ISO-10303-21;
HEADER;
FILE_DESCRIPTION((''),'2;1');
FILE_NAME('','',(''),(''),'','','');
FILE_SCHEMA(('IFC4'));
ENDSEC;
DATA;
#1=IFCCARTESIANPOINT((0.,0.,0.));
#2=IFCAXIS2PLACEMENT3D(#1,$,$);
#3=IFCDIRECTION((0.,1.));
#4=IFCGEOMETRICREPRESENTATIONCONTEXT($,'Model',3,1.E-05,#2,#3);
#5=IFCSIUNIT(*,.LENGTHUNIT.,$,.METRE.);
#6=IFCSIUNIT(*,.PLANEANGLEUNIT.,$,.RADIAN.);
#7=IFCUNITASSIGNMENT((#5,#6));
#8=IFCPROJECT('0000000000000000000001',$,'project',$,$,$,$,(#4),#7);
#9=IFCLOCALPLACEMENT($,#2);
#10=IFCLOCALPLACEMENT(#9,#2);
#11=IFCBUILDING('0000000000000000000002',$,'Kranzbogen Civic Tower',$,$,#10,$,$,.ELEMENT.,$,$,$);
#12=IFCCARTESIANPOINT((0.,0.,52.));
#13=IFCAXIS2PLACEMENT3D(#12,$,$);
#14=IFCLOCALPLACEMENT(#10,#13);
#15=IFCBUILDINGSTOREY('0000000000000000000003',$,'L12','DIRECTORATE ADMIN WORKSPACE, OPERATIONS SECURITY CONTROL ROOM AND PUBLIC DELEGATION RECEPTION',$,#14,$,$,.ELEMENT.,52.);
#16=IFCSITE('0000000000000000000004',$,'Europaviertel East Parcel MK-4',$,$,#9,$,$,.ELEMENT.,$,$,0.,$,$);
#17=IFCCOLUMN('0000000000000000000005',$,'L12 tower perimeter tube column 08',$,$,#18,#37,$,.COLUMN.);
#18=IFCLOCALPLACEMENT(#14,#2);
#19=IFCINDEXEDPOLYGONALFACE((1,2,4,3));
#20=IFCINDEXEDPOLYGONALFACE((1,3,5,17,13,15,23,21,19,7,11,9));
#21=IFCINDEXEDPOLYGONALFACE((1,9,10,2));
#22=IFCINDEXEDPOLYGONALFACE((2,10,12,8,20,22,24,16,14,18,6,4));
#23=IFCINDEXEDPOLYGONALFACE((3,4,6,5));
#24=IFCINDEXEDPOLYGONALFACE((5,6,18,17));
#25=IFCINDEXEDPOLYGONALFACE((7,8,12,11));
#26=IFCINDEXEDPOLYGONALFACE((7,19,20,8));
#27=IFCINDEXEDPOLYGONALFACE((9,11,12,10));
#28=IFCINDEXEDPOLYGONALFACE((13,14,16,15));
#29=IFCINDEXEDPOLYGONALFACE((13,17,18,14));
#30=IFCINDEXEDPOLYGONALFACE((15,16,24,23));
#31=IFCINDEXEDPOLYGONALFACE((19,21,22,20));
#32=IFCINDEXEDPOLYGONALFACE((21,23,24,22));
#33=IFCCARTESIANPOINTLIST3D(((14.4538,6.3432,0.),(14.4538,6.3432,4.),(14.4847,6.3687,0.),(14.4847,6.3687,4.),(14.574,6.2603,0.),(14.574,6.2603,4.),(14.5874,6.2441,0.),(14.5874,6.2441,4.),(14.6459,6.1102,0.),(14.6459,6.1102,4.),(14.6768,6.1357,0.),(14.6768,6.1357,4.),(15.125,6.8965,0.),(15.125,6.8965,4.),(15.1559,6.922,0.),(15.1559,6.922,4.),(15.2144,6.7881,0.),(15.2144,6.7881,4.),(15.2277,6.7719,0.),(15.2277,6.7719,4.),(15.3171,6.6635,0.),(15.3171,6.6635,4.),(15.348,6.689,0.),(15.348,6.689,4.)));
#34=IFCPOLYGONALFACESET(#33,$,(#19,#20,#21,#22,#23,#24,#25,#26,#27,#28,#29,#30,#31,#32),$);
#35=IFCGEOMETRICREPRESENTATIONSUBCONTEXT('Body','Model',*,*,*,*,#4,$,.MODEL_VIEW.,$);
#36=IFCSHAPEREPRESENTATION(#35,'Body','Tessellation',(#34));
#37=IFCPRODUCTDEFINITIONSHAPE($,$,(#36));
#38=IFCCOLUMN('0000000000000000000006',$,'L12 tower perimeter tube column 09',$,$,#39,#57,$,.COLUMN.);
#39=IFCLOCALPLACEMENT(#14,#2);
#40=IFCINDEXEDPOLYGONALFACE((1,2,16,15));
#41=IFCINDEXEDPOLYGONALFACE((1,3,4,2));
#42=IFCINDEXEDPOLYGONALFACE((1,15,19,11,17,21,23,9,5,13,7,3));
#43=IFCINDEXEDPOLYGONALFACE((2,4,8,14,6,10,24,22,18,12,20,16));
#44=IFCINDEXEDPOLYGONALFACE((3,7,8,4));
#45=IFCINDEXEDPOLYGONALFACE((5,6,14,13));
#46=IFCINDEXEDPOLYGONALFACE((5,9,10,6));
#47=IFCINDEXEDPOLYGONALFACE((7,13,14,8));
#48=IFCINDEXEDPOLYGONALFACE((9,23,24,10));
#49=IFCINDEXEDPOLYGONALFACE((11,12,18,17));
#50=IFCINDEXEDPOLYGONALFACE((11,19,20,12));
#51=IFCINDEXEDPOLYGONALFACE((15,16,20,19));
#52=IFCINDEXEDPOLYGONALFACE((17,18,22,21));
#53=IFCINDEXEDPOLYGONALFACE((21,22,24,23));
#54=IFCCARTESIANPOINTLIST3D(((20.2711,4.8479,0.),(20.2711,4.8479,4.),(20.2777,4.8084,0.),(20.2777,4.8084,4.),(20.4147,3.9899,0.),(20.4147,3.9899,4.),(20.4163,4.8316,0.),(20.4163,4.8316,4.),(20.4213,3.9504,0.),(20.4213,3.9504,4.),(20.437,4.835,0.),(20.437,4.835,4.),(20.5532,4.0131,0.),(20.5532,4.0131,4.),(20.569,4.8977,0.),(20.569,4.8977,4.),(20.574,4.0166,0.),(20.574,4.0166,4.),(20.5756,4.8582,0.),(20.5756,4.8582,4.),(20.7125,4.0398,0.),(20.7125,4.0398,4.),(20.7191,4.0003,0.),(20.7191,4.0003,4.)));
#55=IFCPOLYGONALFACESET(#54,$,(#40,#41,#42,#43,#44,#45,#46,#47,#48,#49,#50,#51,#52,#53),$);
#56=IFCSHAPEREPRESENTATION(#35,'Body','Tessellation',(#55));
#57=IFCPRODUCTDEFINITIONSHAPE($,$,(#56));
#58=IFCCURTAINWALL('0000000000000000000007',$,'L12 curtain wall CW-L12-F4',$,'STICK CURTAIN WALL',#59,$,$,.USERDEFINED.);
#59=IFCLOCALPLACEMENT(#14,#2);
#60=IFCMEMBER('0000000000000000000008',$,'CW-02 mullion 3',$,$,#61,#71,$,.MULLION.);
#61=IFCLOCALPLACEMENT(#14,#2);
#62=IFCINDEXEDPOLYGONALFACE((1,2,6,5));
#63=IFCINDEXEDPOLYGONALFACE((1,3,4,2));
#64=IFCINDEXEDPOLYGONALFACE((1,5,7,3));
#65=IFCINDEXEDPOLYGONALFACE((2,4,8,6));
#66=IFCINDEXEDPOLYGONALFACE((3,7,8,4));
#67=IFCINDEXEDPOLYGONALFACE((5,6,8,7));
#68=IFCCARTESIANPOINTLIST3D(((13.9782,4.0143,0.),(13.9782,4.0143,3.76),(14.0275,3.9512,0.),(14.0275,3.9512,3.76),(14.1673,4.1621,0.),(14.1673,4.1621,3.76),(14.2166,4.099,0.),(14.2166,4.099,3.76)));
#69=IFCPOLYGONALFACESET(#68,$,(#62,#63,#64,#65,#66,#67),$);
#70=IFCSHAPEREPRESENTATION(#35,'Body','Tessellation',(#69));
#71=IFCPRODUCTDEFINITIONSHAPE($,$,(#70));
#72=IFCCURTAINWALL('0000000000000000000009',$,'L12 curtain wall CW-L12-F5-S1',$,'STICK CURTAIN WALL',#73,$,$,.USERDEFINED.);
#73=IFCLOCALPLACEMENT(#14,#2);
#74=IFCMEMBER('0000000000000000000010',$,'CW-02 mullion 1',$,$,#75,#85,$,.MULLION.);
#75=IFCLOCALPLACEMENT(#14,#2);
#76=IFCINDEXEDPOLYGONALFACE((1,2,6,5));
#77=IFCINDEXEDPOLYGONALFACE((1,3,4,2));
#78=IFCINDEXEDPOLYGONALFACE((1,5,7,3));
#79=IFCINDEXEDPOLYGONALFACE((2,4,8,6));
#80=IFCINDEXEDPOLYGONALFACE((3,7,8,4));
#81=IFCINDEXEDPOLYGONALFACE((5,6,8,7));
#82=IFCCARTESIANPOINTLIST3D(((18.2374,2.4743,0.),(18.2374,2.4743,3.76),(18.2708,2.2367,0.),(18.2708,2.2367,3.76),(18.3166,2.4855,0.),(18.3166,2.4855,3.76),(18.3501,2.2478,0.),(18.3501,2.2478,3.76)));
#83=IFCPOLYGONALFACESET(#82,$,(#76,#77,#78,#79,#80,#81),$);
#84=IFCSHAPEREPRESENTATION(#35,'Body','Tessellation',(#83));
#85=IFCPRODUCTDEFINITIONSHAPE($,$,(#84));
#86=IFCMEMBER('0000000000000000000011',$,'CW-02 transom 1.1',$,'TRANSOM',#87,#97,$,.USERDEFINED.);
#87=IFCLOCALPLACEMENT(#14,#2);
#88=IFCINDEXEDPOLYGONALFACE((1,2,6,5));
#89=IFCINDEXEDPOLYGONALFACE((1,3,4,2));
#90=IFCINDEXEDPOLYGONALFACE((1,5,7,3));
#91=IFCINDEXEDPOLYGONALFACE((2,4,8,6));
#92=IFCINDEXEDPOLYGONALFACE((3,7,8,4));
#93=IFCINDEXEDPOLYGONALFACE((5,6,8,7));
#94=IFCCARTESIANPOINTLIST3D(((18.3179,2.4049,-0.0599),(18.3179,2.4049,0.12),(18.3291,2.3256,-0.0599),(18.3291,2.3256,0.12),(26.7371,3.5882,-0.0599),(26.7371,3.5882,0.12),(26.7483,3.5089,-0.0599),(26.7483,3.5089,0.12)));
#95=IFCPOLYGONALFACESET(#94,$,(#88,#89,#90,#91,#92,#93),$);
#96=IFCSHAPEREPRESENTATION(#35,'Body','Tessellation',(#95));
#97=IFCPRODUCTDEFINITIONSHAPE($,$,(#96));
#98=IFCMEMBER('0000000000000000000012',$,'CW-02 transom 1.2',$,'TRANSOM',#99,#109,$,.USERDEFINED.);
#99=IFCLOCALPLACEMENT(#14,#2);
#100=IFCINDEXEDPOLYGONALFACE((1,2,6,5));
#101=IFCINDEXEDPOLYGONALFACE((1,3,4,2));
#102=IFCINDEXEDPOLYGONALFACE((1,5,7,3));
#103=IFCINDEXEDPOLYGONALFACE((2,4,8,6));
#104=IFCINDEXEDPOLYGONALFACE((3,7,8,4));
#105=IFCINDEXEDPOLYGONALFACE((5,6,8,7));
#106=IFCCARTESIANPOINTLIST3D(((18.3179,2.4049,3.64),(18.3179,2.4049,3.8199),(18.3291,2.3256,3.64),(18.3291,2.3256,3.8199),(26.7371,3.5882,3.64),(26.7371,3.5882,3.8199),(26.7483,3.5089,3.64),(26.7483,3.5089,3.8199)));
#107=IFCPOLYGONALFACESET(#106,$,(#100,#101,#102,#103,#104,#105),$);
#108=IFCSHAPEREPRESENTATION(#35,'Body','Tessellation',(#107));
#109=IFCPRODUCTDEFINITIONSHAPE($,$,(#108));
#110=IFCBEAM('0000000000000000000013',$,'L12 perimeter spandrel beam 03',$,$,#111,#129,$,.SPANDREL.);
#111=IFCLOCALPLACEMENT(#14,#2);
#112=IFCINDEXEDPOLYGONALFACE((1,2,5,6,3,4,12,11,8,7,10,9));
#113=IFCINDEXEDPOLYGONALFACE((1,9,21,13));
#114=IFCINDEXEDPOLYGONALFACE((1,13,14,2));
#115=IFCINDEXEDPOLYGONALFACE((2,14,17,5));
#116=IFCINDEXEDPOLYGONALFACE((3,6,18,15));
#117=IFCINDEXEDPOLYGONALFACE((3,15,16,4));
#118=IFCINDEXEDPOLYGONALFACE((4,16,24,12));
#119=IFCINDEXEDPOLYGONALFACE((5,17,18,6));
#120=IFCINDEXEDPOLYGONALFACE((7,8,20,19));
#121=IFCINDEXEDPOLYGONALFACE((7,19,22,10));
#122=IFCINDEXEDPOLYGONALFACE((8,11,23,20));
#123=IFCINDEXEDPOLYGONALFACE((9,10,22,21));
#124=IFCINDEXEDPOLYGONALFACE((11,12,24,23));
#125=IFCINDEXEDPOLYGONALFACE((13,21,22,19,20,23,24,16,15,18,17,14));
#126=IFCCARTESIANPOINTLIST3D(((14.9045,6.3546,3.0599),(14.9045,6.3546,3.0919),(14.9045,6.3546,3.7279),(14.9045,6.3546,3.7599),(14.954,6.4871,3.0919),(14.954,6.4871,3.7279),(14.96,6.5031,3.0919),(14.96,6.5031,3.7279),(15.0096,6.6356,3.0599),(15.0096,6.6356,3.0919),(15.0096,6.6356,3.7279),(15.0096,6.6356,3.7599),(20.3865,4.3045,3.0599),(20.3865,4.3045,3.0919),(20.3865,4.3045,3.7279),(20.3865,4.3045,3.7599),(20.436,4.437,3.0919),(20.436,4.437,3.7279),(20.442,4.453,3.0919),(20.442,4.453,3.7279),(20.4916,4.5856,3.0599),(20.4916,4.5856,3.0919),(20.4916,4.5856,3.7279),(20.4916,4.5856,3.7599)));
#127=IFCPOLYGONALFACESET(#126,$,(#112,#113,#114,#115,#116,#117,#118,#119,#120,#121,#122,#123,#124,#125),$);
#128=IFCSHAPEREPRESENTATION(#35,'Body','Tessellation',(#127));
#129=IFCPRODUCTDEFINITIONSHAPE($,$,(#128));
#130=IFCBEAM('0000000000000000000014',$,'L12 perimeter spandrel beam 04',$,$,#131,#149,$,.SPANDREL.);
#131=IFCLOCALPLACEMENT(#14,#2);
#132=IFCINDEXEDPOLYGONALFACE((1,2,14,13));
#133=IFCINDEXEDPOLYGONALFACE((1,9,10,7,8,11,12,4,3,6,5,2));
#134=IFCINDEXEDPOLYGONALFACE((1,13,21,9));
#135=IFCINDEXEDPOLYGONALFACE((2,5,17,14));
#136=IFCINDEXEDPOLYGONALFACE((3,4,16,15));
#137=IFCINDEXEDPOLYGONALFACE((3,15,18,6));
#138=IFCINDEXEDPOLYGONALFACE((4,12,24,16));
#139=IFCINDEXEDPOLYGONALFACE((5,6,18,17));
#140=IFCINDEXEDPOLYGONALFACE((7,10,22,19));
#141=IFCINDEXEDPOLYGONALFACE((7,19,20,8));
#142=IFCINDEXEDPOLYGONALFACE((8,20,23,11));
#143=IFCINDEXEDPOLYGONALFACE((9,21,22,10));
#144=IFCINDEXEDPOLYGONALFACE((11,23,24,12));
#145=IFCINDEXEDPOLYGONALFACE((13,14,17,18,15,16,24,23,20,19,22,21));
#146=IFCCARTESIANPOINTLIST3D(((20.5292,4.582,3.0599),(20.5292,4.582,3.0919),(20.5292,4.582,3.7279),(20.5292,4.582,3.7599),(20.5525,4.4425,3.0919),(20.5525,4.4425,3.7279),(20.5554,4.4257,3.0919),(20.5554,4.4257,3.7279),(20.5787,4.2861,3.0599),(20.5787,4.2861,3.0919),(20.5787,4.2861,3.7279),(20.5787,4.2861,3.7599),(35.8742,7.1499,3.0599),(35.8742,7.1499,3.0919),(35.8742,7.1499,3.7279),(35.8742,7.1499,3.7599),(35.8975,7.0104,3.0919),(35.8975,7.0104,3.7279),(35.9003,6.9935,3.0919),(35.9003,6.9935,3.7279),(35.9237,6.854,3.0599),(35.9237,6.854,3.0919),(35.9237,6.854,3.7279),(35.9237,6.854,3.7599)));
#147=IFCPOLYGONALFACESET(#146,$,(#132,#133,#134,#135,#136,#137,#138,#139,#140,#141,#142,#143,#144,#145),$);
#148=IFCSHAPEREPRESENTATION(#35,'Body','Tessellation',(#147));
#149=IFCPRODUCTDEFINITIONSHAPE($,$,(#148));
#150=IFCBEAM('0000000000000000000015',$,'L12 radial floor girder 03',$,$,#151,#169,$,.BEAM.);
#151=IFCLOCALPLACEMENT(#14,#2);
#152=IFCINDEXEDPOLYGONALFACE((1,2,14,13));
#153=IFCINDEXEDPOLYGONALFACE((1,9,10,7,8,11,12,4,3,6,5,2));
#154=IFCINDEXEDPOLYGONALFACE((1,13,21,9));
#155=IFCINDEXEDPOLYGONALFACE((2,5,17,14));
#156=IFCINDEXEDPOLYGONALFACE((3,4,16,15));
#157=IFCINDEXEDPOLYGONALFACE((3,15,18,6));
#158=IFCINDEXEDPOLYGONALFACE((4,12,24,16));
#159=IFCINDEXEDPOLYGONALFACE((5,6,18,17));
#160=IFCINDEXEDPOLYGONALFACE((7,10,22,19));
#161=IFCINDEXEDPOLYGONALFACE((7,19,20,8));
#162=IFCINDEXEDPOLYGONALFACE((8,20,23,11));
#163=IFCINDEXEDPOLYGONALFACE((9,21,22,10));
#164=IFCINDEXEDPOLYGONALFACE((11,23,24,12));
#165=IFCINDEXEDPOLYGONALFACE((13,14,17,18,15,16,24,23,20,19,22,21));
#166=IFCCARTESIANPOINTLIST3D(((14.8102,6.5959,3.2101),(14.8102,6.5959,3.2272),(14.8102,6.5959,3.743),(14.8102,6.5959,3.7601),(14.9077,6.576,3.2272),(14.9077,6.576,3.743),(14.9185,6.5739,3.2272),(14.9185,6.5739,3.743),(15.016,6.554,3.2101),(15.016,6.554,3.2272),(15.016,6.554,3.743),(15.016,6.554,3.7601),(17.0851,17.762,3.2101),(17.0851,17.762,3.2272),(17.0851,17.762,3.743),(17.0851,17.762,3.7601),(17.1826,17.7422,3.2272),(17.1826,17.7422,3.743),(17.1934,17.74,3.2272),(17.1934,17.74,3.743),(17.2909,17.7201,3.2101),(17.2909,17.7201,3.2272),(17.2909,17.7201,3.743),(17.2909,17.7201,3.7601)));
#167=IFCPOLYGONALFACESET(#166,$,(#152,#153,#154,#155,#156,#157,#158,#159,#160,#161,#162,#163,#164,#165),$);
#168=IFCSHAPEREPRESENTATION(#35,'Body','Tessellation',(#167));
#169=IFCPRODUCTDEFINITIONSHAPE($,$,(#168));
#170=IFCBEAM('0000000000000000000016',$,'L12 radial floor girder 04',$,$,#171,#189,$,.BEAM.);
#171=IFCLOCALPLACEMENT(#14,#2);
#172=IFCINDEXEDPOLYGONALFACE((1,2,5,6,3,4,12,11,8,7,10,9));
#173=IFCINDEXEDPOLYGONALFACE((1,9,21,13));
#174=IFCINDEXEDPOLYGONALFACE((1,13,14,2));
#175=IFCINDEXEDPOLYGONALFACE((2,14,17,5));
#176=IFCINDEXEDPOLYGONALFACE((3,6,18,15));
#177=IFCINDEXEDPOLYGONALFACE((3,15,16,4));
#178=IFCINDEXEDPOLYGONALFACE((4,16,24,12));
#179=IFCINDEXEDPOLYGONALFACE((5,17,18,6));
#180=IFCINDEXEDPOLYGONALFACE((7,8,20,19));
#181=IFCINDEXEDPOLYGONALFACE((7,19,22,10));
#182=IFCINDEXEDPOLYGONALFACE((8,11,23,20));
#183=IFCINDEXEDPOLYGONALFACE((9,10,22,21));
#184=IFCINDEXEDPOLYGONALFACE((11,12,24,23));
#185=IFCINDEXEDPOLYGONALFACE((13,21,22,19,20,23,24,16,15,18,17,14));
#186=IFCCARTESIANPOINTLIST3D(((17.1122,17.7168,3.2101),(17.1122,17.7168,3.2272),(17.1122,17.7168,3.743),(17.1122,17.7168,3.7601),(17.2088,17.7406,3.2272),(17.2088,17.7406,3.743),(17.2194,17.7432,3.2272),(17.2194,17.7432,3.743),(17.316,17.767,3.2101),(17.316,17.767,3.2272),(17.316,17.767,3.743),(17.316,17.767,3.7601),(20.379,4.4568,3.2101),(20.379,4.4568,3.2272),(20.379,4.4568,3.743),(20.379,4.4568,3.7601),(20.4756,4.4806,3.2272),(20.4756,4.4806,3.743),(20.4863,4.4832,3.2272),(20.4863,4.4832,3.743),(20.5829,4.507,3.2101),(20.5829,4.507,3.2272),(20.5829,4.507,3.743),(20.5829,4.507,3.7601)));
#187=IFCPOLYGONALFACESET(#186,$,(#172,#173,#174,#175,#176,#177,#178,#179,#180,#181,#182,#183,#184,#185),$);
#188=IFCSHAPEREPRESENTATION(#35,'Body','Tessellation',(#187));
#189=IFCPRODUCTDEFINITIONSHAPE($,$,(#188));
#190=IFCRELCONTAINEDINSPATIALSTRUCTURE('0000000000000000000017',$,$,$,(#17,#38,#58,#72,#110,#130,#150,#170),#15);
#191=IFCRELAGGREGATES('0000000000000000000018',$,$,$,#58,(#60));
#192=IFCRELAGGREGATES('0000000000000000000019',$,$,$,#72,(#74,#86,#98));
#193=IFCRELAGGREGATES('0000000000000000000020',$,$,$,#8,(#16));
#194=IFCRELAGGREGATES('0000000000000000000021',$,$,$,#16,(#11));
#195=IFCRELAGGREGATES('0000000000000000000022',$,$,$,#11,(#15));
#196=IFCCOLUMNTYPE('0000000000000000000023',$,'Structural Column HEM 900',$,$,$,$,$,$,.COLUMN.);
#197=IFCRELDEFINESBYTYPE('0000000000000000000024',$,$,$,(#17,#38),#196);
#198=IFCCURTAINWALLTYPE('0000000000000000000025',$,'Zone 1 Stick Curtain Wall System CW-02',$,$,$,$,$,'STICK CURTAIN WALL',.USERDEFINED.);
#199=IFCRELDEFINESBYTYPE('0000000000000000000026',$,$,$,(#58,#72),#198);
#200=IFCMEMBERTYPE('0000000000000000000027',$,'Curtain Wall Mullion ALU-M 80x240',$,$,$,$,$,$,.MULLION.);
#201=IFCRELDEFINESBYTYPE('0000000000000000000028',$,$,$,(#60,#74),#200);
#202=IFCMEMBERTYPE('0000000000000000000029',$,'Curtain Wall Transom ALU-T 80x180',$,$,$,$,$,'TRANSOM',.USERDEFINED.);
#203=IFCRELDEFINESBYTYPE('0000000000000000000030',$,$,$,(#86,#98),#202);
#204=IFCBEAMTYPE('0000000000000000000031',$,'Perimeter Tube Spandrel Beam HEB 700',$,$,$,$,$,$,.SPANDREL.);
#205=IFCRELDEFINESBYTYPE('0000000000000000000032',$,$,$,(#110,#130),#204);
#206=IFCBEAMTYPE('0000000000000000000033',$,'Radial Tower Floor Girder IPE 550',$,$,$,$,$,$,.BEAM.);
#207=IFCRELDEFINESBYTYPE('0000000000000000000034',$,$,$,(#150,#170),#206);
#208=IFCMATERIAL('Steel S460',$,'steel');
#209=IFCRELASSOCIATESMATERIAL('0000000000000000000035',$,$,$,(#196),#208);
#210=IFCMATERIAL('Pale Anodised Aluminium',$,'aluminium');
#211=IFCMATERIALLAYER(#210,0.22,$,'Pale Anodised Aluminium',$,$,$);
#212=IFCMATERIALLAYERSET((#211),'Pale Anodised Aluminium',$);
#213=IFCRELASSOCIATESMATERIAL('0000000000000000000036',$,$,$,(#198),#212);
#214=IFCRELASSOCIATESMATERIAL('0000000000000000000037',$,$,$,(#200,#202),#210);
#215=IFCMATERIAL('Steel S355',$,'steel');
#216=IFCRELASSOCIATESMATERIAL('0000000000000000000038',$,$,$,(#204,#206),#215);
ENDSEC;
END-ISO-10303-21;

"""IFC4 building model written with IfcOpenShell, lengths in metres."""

from ifc_helpers import new_model, si_unit, direction, frame, origin, origin_2d, place, context, subcontext, project, spatial, rectangle, i_section, extrude, material, layer, layer_set, material_profile, profile_set, type_object, element, aggregate, save


model = new_model("IFC4")

# Units and contexts
model_context = context("Model", 3, precision=1e-05, world=origin(), true_north=direction((0.0, 1.0)))
body_context = subcontext(model_context, "Body", "Model", "MODEL_VIEW")
ifc_project = project(units=[si_unit("LENGTHUNIT", "METRE"), si_unit("PLANEANGLEUNIT", "RADIAN")], contexts=[model_context])

# Site, building, storey
site_placement = place(None, origin())
site = spatial("IfcSite", under=ifc_project, at=site_placement, Name="Europaviertel East Parcel MK-4", CompositionType="ELEMENT", RefElevation=0.0)
building_placement = place(site_placement, origin())
building = spatial("IfcBuilding", under=site, at=building_placement, Name="Kranzbogen Civic Tower", CompositionType="ELEMENT")
storey_placement = place(building_placement, frame((0.0, 0.0, 52.0)))
storey = spatial("IfcBuildingStorey", under=building, at=storey_placement, Name="L12", Description="DIRECTORATE ADMIN WORKSPACE, OPERATIONS SECURITY CONTROL ROOM AND PUBLIC DELEGATION RECEPTION", CompositionType="ELEMENT", Elevation=52.0)

# Columns
ifc_material_1 = material(Name="Steel S460", Category="steel")
ifc_material_profile_1 = material_profile(ifc_material_1, i_section(OverallWidth=0.302, OverallDepth=0.9099, WebThickness=0.021, FlangeThickness=0.04, at=origin_2d()), Name="HEM 900")
ifc_profile_set_1 = profile_set([ifc_material_profile_1], Name="Steel S460")
column_type = type_object("IfcColumnType", Name="Structural Column HEM 900", PredefinedType="COLUMN", material=ifc_profile_set_1)
for number, where, z_axis, x_axis, name in (
    (1, (14.9009, 6.5161, 0.0), (0.0, 0.0, 1.0), (-0.636078, 0.771625, 0.0), "L12 tower perimeter tube column 08"),
    (2, (20.4951, 4.4241, 0.0), (0.0, 0.0, 1.0), (0.986286, 0.165048, 0.0), "L12 tower perimeter tube column 09"),
):
    element("IfcColumn", number, at=place(storey_placement, frame(where, z_axis=z_axis, x_axis=x_axis)), inside=storey, type_object=column_type, Name=name, PredefinedType="COLUMN", context=body_context, shape_type="SweptSolid", body=[
        extrude(i_section(OverallWidth=0.302, OverallDepth=0.9099, WebThickness=0.021, FlangeThickness=0.04, at=origin_2d()), origin(), (0.0, 0.0, 1.0), 4.0),
    ])

# Curtain wall, member
ifc_material_2 = material(Name="Pale Anodised Aluminium", Category="aluminium")
ifc_layer_1 = layer(ifc_material_2, 0.22, Name="Pale Anodised Aluminium")
ifc_layer_set_1 = layer_set([ifc_layer_1], Name="Pale Anodised Aluminium")
curtain_wall_type = type_object("IfcCurtainWallType", Name="Zone 1 Stick Curtain Wall System CW-02", ElementType="STICK CURTAIN WALL", PredefinedType="USERDEFINED", material=ifc_layer_set_1)
curtain_wall_1_placement = place(storey_placement, origin())
curtain_wall_1 = element("IfcCurtainWall", 3, at=curtain_wall_1_placement, inside=storey, type_object=curtain_wall_type, Name="L12 curtain wall CW-L12-F4", ObjectType="STICK CURTAIN WALL", PredefinedType="USERDEFINED")
ifc_material_profile_2 = material_profile(ifc_material_2, rectangle(XDim=0.0801, YDim=0.24, at=origin_2d()), Name="ALU-M 80x240")
ifc_profile_set_2 = profile_set([ifc_material_profile_2], Name="Pale Anodised Aluminium")
member_type_1 = type_object("IfcMemberType", Name="Curtain Wall Mullion ALU-M 80x240", PredefinedType="MULLION", material=ifc_profile_set_2)
member_1_placement = place(storey_placement, frame((14.0974, 4.0566, 0.0), z_axis=(0.0, 0.0, 1.0), x_axis=(0.615677, -0.787999, 0.0)))
member_1 = element("IfcMember", 4, at=member_1_placement, type_object=member_type_1, Name="CW-02 mullion 3", PredefinedType="MULLION", context=body_context, shape_type="SweptSolid", body=[
    extrude(rectangle(XDim=0.0801, YDim=0.24, at=origin_2d()), origin(), (0.0, 0.0, 1.0), 3.76),
])
aggregate(curtain_wall_1, [member_1])

# Curtain wall, members
curtain_wall_2_placement = place(storey_placement, origin())
curtain_wall_2 = element("IfcCurtainWall", 5, at=curtain_wall_2_placement, inside=storey, type_object=curtain_wall_type, Name="L12 curtain wall CW-L12-F5-S1", ObjectType="STICK CURTAIN WALL", PredefinedType="USERDEFINED")
member_2_placement = place(storey_placement, frame((18.2937, 2.3611, 0.0), z_axis=(0.0, 0.0, 1.0), x_axis=(0.990267, 0.13918, 0.0)))
member_2 = element("IfcMember", 6, at=member_2_placement, type_object=member_type_1, Name="CW-02 mullion 1", PredefinedType="MULLION", context=body_context, shape_type="SweptSolid", body=[
    extrude(rectangle(XDim=0.0801, YDim=0.24, at=origin_2d()), origin(), (0.0, 0.0, 1.0), 3.76),
])
ifc_material_profile_3 = material_profile(ifc_material_2, rectangle(XDim=0.0801, YDim=0.1799, at=origin_2d()), Name="ALU-T 80x180")
ifc_profile_set_3 = profile_set([ifc_material_profile_3], Name="Pale Anodised Aluminium")
member_type_2 = type_object("IfcMemberType", Name="Curtain Wall Transom ALU-T 80x180", ElementType="TRANSOM", PredefinedType="USERDEFINED", material=ifc_profile_set_3)
member_3_placement = place(storey_placement, frame((18.3235, 2.3652, 0.03), z_axis=(0.990266, 0.139186, 0.0), x_axis=(-0.139186, 0.990266, 0.0)))
member_3 = element("IfcMember", 7, at=member_3_placement, type_object=member_type_2, Name="CW-02 transom 1.1", ObjectType="TRANSOM", PredefinedType="USERDEFINED", context=body_context, shape_type="SweptSolid", body=[
    extrude(rectangle(XDim=0.0801, YDim=0.1799, at=origin_2d()), origin(), (0.0, 0.0, 1.0), 8.502),
])
member_4_placement = place(storey_placement, frame((18.3235, 2.3652, 3.73), z_axis=(0.990266, 0.139186, 0.0), x_axis=(-0.139186, 0.990266, 0.0)))
member_4 = element("IfcMember", 8, at=member_4_placement, type_object=member_type_2, Name="CW-02 transom 1.2", ObjectType="TRANSOM", PredefinedType="USERDEFINED", context=body_context, shape_type="SweptSolid", body=[
    extrude(rectangle(XDim=0.0801, YDim=0.1799, at=origin_2d()), origin(), (0.0, 0.0, 1.0), 8.502),
])

# Beams
ifc_material_3 = material(Name="Steel S355", Category="steel")
ifc_material_profile_4 = material_profile(ifc_material_3, i_section(OverallWidth=0.3, OverallDepth=0.7, WebThickness=0.0171, FlangeThickness=0.032, at=origin_2d()), Name="HEB 700")
ifc_profile_set_4 = profile_set([ifc_material_profile_4], Name="Steel S355")
beam_type_1 = type_object("IfcBeamType", Name="Perimeter Tube Spandrel Beam HEB 700", PredefinedType="SPANDREL", material=ifc_profile_set_4)
beam_1_placement = place(storey_placement, frame((14.957, 6.4951, 3.4099), z_axis=(0.936648, -0.350273, 0.0), x_axis=(0.350273, 0.936648, 0.0)))
element("IfcBeam", 9, at=beam_1_placement, inside=storey, type_object=beam_type_1, Name="L12 perimeter spandrel beam 03", PredefinedType="SPANDREL", context=body_context, shape_type="SweptSolid", body=[
    extrude(i_section(OverallWidth=0.3, OverallDepth=0.7, WebThickness=0.0171, FlangeThickness=0.032, at=origin_2d()), origin(), (0.0, 0.0, 1.0), 5.8528),
])
beam_2_placement = place(storey_placement, frame((20.554, 4.4341, 3.4099), z_axis=(0.986286, 0.165048, 0.0), x_axis=(-0.165048, 0.986286, 0.0)))
element("IfcBeam", 10, at=beam_2_placement, inside=storey, type_object=beam_type_1, Name="L12 perimeter spandrel beam 04", PredefinedType="SPANDREL", context=body_context, shape_type="SweptSolid", body=[
    extrude(i_section(OverallWidth=0.3, OverallDepth=0.7, WebThickness=0.0171, FlangeThickness=0.032, at=origin_2d()), origin(), (0.0, 0.0, 1.0), 15.5583),
])
ifc_material_profile_5 = material_profile(ifc_material_3, i_section(OverallWidth=0.21, OverallDepth=0.55, WebThickness=0.011, FlangeThickness=0.0171, at=origin_2d()), Name="IPE 550")
ifc_profile_set_5 = profile_set([ifc_material_profile_5], Name="Steel S355")
beam_type_2 = type_object("IfcBeamType", Name="Radial Tower Floor Girder IPE 550", PredefinedType="BEAM", material=ifc_profile_set_5)
beam_3_placement = place(storey_placement, frame((14.9131, 6.575, 3.4851), z_axis=(0.199633, 0.979871, 0.0), x_axis=(-0.979871, 0.199633, 0.0)))
element("IfcBeam", 11, at=beam_3_placement, inside=storey, type_object=beam_type_2, Name="L12 radial floor girder 03", PredefinedType="BEAM", context=body_context, shape_type="SweptSolid", body=[
    extrude(i_section(OverallWidth=0.21, OverallDepth=0.55, WebThickness=0.011, FlangeThickness=0.0171, at=origin_2d()), origin(), (0.0, 0.0, 1.0), 11.3955),
])
beam_4_placement = place(storey_placement, frame((20.481, 4.4819, 3.4851), z_axis=(-0.239215, 0.970967, 0.0), x_axis=(-0.970967, -0.239215, 0.0)))
element("IfcBeam", 12, at=beam_4_placement, inside=storey, type_object=beam_type_2, Name="L12 radial floor girder 04", PredefinedType="BEAM", context=body_context, shape_type="SweptSolid", body=[
    extrude(i_section(OverallWidth=0.21, OverallDepth=0.55, WebThickness=0.011, FlangeThickness=0.0171, at=origin_2d()), origin(), (0.0, 0.0, 1.0), 13.6565),
])

aggregate(curtain_wall_2, [member_2, member_3, member_4])

save(model, "model.ifc")
